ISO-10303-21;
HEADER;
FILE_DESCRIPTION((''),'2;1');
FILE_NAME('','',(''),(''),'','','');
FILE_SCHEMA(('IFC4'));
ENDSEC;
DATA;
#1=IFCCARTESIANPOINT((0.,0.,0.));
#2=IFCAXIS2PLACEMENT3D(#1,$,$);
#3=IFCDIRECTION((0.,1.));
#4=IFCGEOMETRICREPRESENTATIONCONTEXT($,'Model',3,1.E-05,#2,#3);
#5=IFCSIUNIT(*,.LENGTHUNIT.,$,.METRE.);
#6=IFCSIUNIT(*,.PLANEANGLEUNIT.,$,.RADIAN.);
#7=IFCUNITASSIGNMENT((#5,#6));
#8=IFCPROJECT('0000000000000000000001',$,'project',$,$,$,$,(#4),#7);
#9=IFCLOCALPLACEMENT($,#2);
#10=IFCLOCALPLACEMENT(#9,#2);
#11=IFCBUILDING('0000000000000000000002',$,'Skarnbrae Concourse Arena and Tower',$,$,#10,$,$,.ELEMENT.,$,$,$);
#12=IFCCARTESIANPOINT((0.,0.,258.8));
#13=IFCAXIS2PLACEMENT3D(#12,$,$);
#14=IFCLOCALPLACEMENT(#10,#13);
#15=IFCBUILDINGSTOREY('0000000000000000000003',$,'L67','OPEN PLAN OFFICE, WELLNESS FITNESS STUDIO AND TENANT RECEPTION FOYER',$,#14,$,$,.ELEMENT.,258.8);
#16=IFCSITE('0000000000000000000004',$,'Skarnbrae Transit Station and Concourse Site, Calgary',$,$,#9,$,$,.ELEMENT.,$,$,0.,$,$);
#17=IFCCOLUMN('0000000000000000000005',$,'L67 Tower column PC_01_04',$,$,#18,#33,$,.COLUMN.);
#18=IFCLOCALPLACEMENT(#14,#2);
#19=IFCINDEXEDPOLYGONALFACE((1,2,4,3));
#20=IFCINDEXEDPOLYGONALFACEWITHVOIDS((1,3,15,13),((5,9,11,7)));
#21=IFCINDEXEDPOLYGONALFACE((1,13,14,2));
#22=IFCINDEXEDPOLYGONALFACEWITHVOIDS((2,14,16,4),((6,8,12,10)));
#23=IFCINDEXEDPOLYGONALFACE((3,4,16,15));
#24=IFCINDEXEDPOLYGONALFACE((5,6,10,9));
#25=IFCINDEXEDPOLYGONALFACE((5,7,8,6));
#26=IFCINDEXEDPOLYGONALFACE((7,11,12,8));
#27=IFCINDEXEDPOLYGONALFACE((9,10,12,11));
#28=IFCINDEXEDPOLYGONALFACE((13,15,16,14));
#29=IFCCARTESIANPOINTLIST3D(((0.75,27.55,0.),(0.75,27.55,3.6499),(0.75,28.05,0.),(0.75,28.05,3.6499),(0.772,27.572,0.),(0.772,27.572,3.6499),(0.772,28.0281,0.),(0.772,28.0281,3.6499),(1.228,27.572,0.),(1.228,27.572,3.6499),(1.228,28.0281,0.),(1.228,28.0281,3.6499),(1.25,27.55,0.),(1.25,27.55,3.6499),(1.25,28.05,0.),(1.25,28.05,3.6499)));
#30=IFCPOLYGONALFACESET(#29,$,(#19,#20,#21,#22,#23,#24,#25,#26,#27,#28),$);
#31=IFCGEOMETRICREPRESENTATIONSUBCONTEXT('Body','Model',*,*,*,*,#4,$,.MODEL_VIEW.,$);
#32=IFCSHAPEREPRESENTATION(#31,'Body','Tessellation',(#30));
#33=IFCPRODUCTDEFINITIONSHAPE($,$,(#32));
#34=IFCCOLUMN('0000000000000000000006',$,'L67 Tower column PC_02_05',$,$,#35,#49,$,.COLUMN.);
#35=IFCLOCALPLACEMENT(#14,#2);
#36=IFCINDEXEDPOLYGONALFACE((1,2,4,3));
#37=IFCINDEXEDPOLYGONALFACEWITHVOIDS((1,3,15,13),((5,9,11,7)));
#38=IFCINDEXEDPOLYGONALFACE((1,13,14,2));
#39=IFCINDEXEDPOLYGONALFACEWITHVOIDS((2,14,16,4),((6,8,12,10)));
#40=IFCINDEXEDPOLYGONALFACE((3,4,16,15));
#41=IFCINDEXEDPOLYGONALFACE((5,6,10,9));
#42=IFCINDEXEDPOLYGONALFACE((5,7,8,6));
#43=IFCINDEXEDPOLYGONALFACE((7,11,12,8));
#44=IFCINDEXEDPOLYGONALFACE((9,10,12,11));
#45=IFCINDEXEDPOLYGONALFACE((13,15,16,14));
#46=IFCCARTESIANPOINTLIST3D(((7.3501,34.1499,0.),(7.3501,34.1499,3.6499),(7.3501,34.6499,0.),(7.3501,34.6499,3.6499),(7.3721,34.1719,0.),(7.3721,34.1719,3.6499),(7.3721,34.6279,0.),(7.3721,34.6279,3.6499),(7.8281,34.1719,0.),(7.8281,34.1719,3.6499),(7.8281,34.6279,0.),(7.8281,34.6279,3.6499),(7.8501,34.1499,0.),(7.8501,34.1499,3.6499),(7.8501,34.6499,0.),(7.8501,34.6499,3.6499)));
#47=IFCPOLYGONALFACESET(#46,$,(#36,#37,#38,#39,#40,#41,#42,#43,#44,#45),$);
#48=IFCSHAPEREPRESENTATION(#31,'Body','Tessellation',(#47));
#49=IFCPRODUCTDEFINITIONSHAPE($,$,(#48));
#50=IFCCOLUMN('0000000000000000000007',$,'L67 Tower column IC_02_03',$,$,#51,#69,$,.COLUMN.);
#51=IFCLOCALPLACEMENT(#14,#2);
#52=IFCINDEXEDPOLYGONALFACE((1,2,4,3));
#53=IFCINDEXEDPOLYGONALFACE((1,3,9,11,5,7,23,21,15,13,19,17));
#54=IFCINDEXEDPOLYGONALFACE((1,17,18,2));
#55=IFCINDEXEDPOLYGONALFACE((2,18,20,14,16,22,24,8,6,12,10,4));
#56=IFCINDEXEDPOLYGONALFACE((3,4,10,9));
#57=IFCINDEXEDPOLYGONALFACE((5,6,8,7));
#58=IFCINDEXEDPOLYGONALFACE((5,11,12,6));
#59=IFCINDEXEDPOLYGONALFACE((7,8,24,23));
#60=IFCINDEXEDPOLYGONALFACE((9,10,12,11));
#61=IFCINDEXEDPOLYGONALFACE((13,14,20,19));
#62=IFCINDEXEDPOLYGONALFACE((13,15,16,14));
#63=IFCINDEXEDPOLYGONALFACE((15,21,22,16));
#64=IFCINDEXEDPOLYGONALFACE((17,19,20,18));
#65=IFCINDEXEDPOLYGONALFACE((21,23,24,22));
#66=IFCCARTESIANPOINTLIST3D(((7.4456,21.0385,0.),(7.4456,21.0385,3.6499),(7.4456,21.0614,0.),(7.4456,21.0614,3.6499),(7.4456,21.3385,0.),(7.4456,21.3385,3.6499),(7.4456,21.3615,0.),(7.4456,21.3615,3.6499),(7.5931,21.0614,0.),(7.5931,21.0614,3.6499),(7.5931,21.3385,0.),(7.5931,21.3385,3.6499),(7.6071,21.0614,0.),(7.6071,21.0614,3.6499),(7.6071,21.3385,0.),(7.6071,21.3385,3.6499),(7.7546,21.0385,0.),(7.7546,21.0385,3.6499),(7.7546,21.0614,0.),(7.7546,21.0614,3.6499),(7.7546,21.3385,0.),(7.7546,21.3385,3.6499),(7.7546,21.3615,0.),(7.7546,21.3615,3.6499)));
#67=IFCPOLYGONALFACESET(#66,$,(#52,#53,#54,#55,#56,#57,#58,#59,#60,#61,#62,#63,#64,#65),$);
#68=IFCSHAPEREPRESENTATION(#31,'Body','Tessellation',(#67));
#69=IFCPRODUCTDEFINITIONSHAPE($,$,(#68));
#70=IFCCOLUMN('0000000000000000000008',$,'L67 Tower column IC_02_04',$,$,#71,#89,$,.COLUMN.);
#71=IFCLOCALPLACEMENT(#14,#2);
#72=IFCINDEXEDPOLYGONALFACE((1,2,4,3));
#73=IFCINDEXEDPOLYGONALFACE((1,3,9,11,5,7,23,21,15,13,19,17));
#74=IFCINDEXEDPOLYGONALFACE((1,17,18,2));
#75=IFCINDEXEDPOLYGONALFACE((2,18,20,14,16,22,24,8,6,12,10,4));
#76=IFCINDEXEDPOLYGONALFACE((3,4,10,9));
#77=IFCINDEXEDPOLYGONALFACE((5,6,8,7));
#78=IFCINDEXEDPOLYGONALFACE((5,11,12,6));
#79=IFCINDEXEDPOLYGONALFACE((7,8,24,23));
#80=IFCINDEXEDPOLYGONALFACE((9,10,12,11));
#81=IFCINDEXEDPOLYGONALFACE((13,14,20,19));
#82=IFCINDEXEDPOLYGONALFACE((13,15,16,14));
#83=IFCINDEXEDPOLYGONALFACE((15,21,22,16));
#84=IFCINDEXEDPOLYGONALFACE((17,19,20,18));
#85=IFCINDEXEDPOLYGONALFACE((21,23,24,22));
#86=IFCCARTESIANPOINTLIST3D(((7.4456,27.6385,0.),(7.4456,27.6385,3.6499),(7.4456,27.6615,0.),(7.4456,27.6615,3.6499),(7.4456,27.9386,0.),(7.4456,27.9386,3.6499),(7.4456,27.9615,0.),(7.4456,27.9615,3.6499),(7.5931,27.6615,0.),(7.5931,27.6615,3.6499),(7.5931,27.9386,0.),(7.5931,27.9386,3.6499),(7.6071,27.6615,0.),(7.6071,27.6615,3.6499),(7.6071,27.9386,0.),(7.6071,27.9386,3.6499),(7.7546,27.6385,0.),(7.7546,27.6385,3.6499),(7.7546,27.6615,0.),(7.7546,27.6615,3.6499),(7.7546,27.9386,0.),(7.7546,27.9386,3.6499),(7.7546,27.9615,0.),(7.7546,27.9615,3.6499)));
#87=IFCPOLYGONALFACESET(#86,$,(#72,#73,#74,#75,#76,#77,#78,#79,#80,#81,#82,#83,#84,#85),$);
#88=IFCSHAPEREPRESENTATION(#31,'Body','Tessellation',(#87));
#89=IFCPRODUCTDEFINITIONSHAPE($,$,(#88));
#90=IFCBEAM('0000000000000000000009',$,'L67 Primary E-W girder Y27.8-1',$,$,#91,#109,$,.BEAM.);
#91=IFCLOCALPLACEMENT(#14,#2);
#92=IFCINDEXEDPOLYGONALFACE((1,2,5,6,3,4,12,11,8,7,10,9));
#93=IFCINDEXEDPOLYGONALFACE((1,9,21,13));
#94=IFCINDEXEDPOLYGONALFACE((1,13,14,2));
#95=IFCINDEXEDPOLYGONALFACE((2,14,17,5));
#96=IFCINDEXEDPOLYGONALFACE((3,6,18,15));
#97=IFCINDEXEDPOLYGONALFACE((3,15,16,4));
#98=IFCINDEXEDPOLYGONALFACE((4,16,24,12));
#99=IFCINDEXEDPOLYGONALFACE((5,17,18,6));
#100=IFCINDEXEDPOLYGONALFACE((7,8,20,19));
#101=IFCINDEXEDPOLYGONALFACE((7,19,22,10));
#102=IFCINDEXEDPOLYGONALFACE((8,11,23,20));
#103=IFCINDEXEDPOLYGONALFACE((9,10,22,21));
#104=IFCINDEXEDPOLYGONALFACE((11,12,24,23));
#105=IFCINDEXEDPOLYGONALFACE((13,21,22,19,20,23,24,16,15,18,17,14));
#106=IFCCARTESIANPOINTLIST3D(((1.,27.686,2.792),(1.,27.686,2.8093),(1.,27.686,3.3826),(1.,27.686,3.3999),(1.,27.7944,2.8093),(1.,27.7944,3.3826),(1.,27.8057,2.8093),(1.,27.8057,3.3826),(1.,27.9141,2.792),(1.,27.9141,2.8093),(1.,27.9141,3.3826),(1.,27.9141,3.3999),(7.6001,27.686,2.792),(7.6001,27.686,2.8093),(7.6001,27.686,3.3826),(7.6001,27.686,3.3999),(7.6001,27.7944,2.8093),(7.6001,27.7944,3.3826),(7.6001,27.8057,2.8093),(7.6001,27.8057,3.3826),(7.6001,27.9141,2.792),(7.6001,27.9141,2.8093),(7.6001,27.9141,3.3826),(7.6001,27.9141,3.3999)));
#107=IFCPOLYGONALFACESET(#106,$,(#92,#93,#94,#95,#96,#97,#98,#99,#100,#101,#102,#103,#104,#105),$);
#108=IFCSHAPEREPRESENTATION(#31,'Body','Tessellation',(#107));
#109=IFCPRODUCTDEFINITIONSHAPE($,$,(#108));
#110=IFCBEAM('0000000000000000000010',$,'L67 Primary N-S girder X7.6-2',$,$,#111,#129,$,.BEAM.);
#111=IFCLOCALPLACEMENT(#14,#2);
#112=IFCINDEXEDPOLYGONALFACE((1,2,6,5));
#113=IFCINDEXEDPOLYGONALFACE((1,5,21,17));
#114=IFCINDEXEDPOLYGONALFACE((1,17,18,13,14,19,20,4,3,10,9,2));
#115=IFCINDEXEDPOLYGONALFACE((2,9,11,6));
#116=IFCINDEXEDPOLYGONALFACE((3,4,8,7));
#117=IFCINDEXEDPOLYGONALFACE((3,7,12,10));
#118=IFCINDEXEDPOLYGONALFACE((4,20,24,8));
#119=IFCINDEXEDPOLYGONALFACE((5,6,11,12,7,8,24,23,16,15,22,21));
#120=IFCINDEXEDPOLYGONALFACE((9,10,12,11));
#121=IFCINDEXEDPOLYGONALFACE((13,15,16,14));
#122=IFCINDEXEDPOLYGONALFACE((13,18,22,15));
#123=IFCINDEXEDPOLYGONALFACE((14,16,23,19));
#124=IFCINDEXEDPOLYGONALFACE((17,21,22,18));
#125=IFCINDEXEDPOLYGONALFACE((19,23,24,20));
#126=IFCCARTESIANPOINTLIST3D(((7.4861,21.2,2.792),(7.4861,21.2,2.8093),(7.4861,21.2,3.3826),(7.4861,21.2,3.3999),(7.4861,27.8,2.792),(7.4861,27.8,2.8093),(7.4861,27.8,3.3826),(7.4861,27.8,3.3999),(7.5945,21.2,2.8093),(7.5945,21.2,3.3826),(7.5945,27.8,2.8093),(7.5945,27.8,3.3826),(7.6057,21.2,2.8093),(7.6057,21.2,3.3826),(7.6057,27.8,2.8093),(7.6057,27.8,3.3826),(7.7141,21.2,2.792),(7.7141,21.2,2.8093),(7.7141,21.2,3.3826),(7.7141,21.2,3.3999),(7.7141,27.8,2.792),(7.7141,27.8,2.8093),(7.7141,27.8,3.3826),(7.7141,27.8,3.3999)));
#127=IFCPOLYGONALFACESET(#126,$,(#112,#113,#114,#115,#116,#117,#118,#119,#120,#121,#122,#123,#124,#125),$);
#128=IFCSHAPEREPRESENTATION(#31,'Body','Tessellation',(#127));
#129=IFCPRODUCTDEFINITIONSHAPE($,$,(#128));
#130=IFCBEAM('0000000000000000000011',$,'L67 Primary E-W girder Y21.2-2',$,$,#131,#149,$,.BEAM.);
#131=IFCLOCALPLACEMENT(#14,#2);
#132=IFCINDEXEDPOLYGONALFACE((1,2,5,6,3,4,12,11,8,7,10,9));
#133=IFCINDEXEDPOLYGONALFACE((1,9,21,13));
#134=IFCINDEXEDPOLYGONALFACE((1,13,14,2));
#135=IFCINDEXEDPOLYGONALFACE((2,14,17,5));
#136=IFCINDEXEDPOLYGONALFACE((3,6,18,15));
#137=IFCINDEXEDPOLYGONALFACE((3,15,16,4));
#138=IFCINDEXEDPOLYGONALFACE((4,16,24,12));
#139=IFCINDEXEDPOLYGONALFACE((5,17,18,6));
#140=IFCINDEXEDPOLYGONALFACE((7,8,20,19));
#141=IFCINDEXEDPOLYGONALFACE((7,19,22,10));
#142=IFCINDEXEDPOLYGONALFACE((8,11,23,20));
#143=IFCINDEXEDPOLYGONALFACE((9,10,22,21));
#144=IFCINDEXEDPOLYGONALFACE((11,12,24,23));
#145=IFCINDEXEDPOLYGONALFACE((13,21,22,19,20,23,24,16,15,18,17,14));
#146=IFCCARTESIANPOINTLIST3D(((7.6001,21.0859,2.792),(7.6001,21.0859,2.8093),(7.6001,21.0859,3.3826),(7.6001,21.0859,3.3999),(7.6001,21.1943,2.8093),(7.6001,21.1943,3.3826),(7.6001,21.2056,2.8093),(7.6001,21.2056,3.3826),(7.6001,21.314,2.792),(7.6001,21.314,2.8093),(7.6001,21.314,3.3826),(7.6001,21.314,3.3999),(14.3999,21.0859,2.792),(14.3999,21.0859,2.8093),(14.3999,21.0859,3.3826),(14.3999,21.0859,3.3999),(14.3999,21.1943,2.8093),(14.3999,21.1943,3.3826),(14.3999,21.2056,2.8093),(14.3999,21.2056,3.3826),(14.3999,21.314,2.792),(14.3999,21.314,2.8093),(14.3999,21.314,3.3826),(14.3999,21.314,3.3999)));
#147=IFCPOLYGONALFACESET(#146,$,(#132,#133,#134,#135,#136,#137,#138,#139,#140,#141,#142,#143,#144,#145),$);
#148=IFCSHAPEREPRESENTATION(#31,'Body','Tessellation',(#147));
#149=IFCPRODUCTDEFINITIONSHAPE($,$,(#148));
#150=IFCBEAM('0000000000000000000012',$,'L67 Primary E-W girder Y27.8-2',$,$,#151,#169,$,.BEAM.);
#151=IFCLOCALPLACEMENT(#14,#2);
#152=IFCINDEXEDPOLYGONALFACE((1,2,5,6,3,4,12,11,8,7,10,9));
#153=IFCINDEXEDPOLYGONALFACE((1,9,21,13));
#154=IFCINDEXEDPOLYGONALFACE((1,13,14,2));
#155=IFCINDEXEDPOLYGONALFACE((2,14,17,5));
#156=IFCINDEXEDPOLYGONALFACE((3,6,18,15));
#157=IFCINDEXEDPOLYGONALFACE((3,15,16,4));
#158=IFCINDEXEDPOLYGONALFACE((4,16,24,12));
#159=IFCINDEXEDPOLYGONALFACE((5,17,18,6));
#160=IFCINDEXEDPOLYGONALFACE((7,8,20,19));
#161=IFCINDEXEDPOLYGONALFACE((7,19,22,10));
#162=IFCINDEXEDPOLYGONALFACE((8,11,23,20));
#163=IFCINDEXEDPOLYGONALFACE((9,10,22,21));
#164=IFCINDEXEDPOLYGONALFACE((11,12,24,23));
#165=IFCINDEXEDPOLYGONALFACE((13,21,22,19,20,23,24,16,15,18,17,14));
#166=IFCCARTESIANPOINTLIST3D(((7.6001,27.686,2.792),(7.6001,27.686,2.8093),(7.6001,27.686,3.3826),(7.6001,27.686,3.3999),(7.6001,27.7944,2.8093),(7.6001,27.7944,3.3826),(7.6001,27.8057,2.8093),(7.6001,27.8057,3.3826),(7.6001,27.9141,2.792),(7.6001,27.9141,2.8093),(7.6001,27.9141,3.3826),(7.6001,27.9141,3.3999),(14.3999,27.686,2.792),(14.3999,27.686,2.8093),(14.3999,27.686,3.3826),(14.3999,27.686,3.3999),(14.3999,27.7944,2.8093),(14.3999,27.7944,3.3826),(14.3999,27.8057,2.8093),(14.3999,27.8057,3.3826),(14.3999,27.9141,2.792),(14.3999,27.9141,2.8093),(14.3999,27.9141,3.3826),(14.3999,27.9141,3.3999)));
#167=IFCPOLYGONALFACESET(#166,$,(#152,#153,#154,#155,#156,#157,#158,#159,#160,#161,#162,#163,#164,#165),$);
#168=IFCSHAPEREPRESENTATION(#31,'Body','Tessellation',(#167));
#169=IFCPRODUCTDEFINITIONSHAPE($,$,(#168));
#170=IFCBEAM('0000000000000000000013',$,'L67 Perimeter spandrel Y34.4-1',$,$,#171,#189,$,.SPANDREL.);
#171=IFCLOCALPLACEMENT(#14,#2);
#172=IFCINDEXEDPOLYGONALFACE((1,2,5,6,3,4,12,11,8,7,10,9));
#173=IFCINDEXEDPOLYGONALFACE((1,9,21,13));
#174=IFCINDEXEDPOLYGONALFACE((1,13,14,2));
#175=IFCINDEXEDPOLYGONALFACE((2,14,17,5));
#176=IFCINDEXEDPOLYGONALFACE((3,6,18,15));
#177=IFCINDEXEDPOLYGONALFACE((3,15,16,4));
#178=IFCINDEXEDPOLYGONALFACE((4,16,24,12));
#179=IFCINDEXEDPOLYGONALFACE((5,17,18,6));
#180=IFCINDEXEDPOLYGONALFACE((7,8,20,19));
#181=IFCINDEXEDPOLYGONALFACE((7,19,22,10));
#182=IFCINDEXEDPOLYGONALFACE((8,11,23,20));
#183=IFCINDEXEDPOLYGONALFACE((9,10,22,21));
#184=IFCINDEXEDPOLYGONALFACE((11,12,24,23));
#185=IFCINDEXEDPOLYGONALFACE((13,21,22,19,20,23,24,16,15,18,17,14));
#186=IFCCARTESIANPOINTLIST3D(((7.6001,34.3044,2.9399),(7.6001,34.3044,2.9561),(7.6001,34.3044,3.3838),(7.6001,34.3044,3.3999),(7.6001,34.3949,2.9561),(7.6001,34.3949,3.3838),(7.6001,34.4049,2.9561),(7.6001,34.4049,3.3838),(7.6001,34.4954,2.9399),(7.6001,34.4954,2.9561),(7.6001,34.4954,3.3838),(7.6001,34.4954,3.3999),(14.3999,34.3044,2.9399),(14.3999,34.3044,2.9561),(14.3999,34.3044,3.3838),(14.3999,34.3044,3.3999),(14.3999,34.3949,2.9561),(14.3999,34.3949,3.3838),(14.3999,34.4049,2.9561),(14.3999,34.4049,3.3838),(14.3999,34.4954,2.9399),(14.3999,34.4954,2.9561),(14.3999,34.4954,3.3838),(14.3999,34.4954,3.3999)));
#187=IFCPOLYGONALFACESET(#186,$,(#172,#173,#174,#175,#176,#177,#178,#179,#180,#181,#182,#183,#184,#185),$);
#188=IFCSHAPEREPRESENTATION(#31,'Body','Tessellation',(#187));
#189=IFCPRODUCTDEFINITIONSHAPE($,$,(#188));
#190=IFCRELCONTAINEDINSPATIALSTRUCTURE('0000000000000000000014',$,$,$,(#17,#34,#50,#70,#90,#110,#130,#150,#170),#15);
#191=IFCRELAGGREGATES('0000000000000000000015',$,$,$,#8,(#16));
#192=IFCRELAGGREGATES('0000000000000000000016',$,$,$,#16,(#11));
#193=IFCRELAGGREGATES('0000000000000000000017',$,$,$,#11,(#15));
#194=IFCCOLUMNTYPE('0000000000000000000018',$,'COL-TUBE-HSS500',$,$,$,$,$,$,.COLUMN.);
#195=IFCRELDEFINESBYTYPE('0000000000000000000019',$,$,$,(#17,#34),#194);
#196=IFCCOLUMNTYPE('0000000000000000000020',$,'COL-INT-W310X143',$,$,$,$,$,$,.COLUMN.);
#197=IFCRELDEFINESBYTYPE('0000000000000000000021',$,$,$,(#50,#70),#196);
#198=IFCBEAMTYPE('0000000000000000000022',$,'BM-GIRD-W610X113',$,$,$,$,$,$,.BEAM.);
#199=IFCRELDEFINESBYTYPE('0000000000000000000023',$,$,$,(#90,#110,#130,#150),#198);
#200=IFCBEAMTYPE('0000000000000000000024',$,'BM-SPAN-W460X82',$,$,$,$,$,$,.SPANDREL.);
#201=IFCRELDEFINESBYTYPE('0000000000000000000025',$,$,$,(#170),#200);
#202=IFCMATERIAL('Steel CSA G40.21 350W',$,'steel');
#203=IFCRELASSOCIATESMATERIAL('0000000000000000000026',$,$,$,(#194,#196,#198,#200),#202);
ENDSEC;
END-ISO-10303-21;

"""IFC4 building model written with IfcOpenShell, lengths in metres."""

from ifc_helpers import new_model, si_unit, direction, frame, origin, origin_2d, place, context, subcontext, project, spatial, hollow_rectangle, i_section, extrude, source, transform, mapped, material, material_profile, profile_set, type_object, element, save


model = new_model("IFC4")

# Units and contexts
model_context = context("Model", 3, precision=1e-05, world=origin(), true_north=direction((0.0, 1.0)))
body_context = subcontext(model_context, "Body", "Model", "MODEL_VIEW")
ifc_project = project(units=[si_unit("LENGTHUNIT", "METRE"), si_unit("PLANEANGLEUNIT", "RADIAN")], contexts=[model_context])

# Site, building, storey
site_placement = place(None, origin())
site = spatial("IfcSite", under=ifc_project, at=site_placement, Name="Skarnbrae Transit Station and Concourse Site, Calgary", CompositionType="ELEMENT", RefElevation=0.0)
building_placement = place(site_placement, origin())
building = spatial("IfcBuilding", under=site, at=building_placement, Name="Skarnbrae Concourse Arena and Tower", CompositionType="ELEMENT")
storey_placement = place(building_placement, frame((0.0, 0.0, 258.8)))
storey = spatial("IfcBuildingStorey", under=building, at=storey_placement, Name="L67", Description="OPEN PLAN OFFICE, WELLNESS FITNESS STUDIO AND TENANT RECEPTION FOYER", CompositionType="ELEMENT", Elevation=258.8)

# Columns
ifc_material_1 = material(Name="Steel CSA G40.21 350W", Category="steel")
ifc_material_profile_1 = material_profile(ifc_material_1, hollow_rectangle(XDim=0.5, YDim=0.5, WallThickness=0.022, at=origin_2d()), Name="HSS500X500X22.0")
ifc_profile_set_1 = profile_set([ifc_material_profile_1], Name="Steel CSA G40.21 350W")
column_type_1 = type_object("IfcColumnType", Name="COL-TUBE-HSS500", PredefinedType="COLUMN", material=ifc_profile_set_1)
shared_shape_1 = source(origin(), body_context, "Body", "SweptSolid", [
    extrude(hollow_rectangle(XDim=0.5, YDim=0.5, WallThickness=0.022, at=origin_2d()), origin(), (0.0, 0.0, 1.0), 3.6499),
])
for number, where, z_axis, x_axis, name in (
    (1, (1.0, 27.8, 0.0), (0.0, 0.0, 1.0), (1.0, 0.0, 0.0), "L67 Tower column PC_01_04"),
    (2, (7.6001, 34.3999, 0.0), (0.0, 0.0, 1.0), (1.0, 0.0, 0.0), "L67 Tower column PC_02_05"),
):
    element("IfcColumn", number, at=place(storey_placement, frame(where, z_axis=z_axis, x_axis=x_axis)), inside=storey, type_object=column_type_1, Name=name, PredefinedType="COLUMN", context=body_context, shape_type="MappedRepresentation", body=[
        mapped(shared_shape_1, transform((0.0, 0.0, 0.0))),
    ])
ifc_material_profile_2 = material_profile(ifc_material_1, i_section(OverallWidth=0.3091, OverallDepth=0.323, WebThickness=0.0139, FlangeThickness=0.0229, at=origin_2d()), Name="W310X143")
ifc_profile_set_2 = profile_set([ifc_material_profile_2], Name="Steel CSA G40.21 350W")
column_type_2 = type_object("IfcColumnType", Name="COL-INT-W310X143", PredefinedType="COLUMN", material=ifc_profile_set_2)
shared_shape_2 = source(origin(), body_context, "Body", "SweptSolid", [
    extrude(i_section(OverallWidth=0.3091, OverallDepth=0.323, WebThickness=0.0139, FlangeThickness=0.0229, at=origin_2d()), origin(), (0.0, 0.0, 1.0), 3.6499),
])
for number, where, z_axis, x_axis, name in (
    (3, (7.6001, 21.2, 0.0), (0.0, 0.0, 1.0), (1.0, 0.0, 0.0), "L67 Tower column IC_02_03"),
    (4, (7.6001, 27.8, 0.0), (0.0, 0.0, 1.0), (1.0, 0.0, 0.0), "L67 Tower column IC_02_04"),
):
    element("IfcColumn", number, at=place(storey_placement, frame(where, z_axis=z_axis, x_axis=x_axis)), inside=storey, type_object=column_type_2, Name=name, PredefinedType="COLUMN", context=body_context, shape_type="MappedRepresentation", body=[
        mapped(shared_shape_2, transform((0.0, 0.0, 0.0))),
    ])

# Beams
ifc_material_profile_3 = material_profile(ifc_material_1, i_section(OverallWidth=0.228, OverallDepth=0.6079, WebThickness=0.0112, FlangeThickness=0.0173, at=origin_2d()), Name="W610X113")
ifc_profile_set_3 = profile_set([ifc_material_profile_3], Name="Steel CSA G40.21 350W")
beam_type_1 = type_object("IfcBeamType", Name="BM-GIRD-W610X113", PredefinedType="BEAM", material=ifc_profile_set_3)
shared_shape_3 = source(origin(), body_context, "Body", "SweptSolid", [
    extrude(i_section(OverallWidth=0.228, OverallDepth=0.6079, WebThickness=0.0112, FlangeThickness=0.0173, at=origin_2d()), origin(), (0.0, 0.0, 1.0), 6.6001),
])
for number, where, z_axis, x_axis, name in (
    (5, (1.0, 27.8, 3.0959), (1.0, 0.0, 0.0), (0.0, 1.0, 0.0), "L67 Primary E-W girder Y27.8-1"),
    (6, (7.6001, 21.2, 3.0959), (0.0, 1.0, 0.0), (-1.0, 0.0, 0.0), "L67 Primary N-S girder X7.6-2"),
):
    element("IfcBeam", number, at=place(storey_placement, frame(where, z_axis=z_axis, x_axis=x_axis)), inside=storey, type_object=beam_type_1, Name=name, PredefinedType="BEAM", context=body_context, shape_type="MappedRepresentation", body=[
        mapped(shared_shape_3, transform((0.0, 0.0, 0.0))),
    ])
shared_shape_4 = source(origin(), body_context, "Body", "SweptSolid", [
    extrude(i_section(OverallWidth=0.228, OverallDepth=0.6079, WebThickness=0.0112, FlangeThickness=0.0173, at=origin_2d()), origin(), (0.0, 0.0, 1.0), 6.7998),
])
for number, where, z_axis, x_axis, name in (
    (7, (7.6001, 21.2, 3.0959), (1.0, 0.0, 0.0), (0.0, 1.0, 0.0), "L67 Primary E-W girder Y21.2-2"),
    (8, (7.6001, 27.8, 3.0959), (1.0, 0.0, 0.0), (0.0, 1.0, 0.0), "L67 Primary E-W girder Y27.8-2"),
):
    element("IfcBeam", number, at=place(storey_placement, frame(where, z_axis=z_axis, x_axis=x_axis)), inside=storey, type_object=beam_type_1, Name=name, PredefinedType="BEAM", context=body_context, shape_type="MappedRepresentation", body=[
        mapped(shared_shape_4, transform((0.0, 0.0, 0.0))),
    ])
ifc_material_profile_4 = material_profile(ifc_material_1, i_section(OverallWidth=0.1909, OverallDepth=0.46, WebThickness=0.01, FlangeThickness=0.0161, at=origin_2d()), Name="W460X82")
ifc_profile_set_4 = profile_set([ifc_material_profile_4], Name="Steel CSA G40.21 350W")
beam_type_2 = type_object("IfcBeamType", Name="BM-SPAN-W460X82", PredefinedType="SPANDREL", material=ifc_profile_set_4)
shared_shape_5 = source(origin(), body_context, "Body", "SweptSolid", [
    extrude(i_section(OverallWidth=0.1909, OverallDepth=0.46, WebThickness=0.01, FlangeThickness=0.0161, at=origin_2d()), origin(), (0.0, 0.0, 1.0), 6.7998),
])
beam_1_placement = place(storey_placement, frame((7.6001, 34.3999, 3.1699), z_axis=(1.0, 0.0, 0.0), x_axis=(0.0, 1.0, 0.0)))
element("IfcBeam", 9, at=beam_1_placement, inside=storey, type_object=beam_type_2, Name="L67 Perimeter spandrel Y34.4-1", PredefinedType="SPANDREL", context=body_context, shape_type="MappedRepresentation", body=[
    mapped(shared_shape_5, transform((0.0, 0.0, 0.0))),
])

save(model, "model.ifc")
